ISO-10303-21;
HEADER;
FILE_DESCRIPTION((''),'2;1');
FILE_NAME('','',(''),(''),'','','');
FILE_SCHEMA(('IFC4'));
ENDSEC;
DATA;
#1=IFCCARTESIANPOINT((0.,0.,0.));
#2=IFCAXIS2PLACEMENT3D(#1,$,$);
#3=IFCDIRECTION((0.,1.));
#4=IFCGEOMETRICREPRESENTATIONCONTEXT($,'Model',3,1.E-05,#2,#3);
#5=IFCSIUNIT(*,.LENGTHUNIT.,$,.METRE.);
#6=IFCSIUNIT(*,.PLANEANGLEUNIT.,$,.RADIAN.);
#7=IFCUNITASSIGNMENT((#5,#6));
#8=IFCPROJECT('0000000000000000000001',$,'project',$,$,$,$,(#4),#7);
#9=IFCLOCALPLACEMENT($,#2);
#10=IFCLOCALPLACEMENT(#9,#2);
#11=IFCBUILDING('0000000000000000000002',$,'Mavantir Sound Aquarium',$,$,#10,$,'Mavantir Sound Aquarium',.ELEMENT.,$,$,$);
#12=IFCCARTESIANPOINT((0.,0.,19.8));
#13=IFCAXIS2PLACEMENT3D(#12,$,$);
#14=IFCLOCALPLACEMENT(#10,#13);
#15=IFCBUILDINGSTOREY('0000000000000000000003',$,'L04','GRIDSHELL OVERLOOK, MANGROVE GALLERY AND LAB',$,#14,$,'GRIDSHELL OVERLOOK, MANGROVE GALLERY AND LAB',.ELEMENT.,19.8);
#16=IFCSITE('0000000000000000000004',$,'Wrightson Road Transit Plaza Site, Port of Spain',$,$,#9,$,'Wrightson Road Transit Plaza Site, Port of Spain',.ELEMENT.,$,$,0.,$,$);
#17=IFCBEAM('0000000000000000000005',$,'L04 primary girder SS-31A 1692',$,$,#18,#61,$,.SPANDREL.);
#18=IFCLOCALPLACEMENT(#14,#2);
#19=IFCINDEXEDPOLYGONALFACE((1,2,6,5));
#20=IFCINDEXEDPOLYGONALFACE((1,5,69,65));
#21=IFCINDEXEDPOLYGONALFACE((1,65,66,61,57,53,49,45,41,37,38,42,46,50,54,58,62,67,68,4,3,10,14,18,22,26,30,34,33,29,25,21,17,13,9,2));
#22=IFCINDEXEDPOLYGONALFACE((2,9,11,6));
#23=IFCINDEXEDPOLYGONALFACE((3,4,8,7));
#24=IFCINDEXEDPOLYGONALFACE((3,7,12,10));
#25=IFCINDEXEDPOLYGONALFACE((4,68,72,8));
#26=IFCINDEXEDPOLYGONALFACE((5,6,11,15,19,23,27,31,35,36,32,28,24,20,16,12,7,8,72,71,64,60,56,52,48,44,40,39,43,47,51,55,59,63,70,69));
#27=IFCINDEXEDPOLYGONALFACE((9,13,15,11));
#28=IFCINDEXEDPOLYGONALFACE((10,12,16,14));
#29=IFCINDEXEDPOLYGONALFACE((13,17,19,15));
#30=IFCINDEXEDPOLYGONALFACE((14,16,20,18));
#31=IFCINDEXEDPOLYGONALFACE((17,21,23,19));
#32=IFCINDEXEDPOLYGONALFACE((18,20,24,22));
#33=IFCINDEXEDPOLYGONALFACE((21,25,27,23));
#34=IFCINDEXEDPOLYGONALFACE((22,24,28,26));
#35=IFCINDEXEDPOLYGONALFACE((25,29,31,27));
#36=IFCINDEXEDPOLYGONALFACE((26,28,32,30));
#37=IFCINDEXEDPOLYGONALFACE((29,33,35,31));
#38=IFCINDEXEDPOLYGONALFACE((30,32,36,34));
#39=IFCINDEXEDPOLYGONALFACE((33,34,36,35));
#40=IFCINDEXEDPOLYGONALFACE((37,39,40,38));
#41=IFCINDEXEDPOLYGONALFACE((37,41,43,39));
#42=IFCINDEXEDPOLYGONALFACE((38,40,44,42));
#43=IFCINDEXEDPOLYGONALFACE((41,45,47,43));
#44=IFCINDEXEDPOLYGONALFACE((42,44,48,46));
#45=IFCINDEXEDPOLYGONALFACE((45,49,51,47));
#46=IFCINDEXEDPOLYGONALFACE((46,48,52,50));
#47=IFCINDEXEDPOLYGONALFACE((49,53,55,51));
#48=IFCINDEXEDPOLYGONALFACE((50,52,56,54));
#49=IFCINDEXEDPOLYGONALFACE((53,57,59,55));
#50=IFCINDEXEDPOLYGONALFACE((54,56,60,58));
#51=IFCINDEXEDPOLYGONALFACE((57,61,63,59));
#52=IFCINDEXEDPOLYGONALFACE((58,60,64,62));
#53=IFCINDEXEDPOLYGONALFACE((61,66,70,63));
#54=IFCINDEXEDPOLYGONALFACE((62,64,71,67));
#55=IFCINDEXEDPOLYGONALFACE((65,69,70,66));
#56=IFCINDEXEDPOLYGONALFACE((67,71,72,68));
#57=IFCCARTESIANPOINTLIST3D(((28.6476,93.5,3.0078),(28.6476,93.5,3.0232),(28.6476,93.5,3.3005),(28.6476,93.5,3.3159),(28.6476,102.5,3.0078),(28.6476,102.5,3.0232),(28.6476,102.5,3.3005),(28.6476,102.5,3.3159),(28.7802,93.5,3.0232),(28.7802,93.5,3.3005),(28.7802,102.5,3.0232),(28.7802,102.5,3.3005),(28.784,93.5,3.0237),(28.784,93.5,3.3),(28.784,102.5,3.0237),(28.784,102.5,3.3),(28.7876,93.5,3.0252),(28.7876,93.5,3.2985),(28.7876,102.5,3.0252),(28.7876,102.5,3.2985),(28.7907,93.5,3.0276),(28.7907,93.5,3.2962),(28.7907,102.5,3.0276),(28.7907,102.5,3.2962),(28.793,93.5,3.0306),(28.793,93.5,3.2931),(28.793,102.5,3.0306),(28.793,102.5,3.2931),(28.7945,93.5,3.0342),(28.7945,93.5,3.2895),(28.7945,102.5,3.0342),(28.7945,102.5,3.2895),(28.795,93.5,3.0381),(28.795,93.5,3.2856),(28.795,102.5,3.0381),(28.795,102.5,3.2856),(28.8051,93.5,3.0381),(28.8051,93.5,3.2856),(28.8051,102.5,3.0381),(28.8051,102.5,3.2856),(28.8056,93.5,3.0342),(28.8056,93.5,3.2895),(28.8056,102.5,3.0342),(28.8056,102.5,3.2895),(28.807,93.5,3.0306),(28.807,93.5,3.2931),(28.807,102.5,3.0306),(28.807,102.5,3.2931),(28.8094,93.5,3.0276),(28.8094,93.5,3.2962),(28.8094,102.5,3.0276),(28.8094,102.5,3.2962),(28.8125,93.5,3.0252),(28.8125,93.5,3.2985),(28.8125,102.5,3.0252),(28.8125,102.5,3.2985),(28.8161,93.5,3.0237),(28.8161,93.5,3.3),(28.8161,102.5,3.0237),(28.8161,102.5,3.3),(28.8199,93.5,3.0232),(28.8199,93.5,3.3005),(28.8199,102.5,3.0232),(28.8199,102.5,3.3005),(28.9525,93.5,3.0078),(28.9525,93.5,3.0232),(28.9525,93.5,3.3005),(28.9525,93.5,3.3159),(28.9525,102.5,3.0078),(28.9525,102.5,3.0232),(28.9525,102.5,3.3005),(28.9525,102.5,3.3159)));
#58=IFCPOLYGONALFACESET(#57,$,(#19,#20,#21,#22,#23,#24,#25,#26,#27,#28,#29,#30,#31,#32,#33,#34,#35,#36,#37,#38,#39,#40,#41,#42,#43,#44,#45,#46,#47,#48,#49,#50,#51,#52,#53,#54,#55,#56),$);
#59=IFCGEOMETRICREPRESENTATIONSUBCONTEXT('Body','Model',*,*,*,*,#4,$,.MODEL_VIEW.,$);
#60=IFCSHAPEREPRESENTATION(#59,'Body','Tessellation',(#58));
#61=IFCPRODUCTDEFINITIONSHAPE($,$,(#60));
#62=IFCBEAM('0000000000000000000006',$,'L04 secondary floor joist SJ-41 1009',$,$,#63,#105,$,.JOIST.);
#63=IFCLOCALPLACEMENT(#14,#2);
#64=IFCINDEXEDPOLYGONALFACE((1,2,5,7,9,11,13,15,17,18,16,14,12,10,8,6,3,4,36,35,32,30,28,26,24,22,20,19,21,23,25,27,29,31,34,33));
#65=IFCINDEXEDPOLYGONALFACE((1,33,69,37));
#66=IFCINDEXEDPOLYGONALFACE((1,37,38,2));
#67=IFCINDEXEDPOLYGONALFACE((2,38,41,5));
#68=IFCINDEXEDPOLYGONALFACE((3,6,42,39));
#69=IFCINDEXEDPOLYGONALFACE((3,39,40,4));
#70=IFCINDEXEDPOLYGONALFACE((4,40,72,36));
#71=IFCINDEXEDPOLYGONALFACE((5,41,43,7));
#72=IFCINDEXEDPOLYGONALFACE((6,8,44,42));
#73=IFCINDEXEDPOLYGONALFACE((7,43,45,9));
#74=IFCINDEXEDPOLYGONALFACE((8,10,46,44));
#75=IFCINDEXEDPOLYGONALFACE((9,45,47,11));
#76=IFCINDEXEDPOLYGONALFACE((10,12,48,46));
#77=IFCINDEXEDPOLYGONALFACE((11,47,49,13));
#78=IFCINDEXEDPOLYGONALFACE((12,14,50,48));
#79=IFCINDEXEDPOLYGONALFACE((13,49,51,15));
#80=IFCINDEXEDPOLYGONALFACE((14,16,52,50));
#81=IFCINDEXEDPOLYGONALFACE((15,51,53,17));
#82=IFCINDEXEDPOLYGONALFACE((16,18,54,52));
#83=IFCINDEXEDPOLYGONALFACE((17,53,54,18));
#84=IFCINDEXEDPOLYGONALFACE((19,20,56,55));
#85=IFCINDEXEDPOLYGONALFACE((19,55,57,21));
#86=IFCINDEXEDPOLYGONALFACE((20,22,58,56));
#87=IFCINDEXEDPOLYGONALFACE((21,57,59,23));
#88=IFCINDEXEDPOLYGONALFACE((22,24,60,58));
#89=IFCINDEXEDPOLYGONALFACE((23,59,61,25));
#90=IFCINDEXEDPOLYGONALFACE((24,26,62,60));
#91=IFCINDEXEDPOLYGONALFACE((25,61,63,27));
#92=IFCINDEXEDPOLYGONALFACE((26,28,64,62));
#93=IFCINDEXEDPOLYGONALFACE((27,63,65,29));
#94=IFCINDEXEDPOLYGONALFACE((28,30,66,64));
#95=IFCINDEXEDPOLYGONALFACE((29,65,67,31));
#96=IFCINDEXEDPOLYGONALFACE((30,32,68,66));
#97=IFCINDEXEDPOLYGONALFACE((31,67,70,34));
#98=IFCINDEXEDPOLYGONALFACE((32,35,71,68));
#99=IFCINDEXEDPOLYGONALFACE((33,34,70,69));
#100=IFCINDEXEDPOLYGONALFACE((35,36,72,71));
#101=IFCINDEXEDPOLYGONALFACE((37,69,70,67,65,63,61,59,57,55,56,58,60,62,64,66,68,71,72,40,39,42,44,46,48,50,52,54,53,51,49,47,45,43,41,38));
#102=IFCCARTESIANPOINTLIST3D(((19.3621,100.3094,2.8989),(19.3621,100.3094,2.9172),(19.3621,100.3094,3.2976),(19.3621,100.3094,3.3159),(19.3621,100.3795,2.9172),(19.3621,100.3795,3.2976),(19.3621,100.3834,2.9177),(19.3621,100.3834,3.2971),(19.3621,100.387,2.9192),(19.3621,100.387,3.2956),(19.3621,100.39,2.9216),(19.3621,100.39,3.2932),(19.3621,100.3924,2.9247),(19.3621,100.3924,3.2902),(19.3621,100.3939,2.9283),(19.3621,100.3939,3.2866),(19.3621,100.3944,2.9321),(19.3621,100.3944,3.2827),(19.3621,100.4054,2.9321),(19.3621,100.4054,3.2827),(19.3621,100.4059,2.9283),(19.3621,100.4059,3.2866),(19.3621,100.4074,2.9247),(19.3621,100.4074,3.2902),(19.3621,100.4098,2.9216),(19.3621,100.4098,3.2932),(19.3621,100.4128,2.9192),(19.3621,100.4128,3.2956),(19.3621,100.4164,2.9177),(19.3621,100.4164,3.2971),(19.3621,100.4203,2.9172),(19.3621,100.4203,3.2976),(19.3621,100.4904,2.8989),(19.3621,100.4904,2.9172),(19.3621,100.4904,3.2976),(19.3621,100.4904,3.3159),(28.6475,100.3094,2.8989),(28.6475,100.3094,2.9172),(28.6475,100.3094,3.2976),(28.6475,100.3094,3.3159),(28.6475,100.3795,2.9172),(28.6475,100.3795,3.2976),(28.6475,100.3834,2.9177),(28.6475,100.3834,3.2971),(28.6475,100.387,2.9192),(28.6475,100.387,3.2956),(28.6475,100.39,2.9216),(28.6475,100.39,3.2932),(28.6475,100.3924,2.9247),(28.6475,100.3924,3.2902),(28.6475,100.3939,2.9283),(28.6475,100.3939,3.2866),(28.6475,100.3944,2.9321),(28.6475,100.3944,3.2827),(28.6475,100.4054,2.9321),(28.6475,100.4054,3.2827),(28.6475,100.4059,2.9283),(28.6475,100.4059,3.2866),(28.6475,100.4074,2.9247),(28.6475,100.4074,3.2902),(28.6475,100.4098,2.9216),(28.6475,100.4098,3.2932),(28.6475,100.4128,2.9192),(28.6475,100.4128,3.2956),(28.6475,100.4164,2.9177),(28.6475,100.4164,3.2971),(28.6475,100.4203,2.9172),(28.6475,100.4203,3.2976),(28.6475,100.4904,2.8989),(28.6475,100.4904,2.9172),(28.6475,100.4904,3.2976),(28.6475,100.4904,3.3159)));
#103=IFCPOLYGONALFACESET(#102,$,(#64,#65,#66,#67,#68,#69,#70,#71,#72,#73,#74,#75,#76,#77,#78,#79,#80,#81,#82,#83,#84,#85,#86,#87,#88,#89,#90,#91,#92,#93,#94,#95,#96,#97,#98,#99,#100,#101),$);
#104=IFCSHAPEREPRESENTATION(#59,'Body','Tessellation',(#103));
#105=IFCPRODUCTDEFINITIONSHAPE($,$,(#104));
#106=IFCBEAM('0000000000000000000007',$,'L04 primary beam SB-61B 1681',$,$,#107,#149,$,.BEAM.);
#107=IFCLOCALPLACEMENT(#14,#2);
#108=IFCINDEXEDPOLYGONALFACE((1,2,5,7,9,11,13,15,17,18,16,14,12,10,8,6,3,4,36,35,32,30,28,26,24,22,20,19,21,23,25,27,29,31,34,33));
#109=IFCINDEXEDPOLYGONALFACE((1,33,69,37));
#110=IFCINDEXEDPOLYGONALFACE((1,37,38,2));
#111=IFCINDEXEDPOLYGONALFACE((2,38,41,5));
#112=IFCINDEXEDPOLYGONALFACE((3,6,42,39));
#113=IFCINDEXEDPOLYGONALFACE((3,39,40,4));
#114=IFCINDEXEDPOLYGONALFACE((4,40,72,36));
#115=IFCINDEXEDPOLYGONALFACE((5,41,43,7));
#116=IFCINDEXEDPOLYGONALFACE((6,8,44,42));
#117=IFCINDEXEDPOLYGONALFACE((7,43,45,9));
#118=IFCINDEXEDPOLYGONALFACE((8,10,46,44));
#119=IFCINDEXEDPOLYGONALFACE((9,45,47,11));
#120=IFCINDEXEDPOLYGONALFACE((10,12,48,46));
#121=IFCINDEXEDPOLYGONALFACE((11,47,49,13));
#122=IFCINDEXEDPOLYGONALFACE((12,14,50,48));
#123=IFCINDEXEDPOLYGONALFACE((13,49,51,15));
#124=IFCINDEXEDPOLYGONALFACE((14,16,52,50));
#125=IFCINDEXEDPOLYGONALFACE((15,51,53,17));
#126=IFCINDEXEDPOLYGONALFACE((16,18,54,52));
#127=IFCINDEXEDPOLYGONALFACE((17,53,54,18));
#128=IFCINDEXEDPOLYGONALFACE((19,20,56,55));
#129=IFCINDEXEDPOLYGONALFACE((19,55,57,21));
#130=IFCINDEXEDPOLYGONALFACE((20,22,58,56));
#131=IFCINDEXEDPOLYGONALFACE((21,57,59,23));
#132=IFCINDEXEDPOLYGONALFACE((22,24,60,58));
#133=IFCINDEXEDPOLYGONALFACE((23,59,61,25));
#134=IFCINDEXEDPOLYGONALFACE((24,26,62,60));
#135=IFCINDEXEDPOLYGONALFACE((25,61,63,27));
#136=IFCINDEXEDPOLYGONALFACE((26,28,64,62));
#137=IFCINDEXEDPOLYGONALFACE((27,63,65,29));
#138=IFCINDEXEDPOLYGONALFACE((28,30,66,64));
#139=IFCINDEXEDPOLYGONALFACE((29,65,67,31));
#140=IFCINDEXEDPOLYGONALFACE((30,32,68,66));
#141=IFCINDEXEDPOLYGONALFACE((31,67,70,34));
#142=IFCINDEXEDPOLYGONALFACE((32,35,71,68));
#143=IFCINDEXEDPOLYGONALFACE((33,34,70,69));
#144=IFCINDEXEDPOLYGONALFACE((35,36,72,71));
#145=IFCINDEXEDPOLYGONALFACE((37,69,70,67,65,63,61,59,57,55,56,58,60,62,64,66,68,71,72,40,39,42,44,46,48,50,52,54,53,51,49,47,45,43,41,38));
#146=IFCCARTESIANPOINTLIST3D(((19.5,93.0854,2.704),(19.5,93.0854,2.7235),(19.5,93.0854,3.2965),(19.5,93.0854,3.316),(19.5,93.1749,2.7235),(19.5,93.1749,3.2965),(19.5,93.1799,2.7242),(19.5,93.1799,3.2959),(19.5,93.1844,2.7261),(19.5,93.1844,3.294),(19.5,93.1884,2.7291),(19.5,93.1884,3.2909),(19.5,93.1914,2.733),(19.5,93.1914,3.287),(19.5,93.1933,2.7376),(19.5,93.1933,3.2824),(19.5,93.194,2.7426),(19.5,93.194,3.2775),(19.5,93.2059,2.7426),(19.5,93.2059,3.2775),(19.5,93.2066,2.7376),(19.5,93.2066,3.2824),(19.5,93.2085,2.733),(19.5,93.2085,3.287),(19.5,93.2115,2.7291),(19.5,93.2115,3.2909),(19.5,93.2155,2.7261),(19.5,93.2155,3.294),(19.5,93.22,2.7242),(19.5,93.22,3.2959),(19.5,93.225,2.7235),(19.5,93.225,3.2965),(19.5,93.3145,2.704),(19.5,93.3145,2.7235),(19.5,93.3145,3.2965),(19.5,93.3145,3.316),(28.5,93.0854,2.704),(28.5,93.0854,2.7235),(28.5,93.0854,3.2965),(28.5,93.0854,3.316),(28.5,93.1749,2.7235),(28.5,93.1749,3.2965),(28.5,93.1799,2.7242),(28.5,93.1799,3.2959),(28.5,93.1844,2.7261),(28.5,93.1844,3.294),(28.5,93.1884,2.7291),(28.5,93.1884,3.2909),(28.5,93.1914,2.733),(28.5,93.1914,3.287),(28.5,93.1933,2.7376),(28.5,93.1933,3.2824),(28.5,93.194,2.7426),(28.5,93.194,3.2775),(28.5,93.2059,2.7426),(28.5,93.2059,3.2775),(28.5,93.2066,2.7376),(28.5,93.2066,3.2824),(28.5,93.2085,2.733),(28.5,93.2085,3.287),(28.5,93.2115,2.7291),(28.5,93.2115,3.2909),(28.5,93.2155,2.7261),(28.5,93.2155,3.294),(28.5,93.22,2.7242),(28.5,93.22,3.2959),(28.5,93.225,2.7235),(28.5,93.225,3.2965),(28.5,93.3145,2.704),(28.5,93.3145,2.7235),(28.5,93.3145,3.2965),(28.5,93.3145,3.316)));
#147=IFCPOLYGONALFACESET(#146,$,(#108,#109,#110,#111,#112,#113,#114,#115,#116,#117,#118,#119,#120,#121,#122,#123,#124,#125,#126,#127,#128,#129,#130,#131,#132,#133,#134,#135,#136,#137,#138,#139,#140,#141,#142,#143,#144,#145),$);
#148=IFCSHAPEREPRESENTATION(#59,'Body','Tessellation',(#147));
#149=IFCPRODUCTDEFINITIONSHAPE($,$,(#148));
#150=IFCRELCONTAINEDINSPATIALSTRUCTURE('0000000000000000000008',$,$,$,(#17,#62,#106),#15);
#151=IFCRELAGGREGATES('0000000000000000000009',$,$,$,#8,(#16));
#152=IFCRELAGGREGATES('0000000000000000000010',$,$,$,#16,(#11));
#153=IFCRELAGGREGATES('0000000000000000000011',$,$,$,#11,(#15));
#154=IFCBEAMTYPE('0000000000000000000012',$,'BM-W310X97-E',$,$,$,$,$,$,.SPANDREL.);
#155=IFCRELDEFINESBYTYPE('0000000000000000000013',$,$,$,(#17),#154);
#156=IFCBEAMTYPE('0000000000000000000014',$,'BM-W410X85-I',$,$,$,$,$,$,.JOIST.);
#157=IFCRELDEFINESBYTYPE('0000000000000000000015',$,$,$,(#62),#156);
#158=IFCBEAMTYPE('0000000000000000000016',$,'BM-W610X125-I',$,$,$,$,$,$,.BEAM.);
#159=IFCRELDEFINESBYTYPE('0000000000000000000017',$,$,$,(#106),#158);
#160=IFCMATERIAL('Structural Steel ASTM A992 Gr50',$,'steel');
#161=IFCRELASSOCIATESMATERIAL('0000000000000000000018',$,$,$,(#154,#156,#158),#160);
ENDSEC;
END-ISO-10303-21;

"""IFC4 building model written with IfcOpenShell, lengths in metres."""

from ifc_helpers import new_model, si_unit, direction, frame, origin, origin_2d, place, context, subcontext, project, spatial, i_section, extrude, material, material_profile, profile_set, type_object, element, save


model = new_model("IFC4")

# Units and contexts
model_context = context("Model", 3, precision=1e-05, world=origin(), true_north=direction((0.0, 1.0)))
body_context = subcontext(model_context, "Body", "Model", "MODEL_VIEW")
ifc_project = project(units=[si_unit("LENGTHUNIT", "METRE"), si_unit("PLANEANGLEUNIT", "RADIAN")], contexts=[model_context])

# Site, building, storey
site_placement = place(None, origin())
site = spatial("IfcSite", under=ifc_project, at=site_placement, Name="Wrightson Road Transit Plaza Site, Port of Spain", LongName="Wrightson Road Transit Plaza Site, Port of Spain", CompositionType="ELEMENT", RefElevation=0.0)
building_placement = place(site_placement, origin())
building = spatial("IfcBuilding", under=site, at=building_placement, Name="Mavantir Sound Aquarium", LongName="Mavantir Sound Aquarium", CompositionType="ELEMENT")
storey_placement = place(building_placement, frame((0.0, 0.0, 19.8)))
storey = spatial("IfcBuildingStorey", under=building, at=storey_placement, Name="L04", Description="GRIDSHELL OVERLOOK, MANGROVE GALLERY AND LAB", LongName="GRIDSHELL OVERLOOK, MANGROVE GALLERY AND LAB", CompositionType="ELEMENT", Elevation=19.8)

# Beams
ifc_material_1 = material(Name="Structural Steel ASTM A992 Gr50", Category="steel")
ifc_material_profile_1 = material_profile(ifc_material_1, i_section(OverallWidth=0.3049, OverallDepth=0.3081, WebThickness=0.01, FlangeThickness=0.0154, FilletRadius=0.0149, at=origin_2d()), Name="W310X97")
ifc_profile_set_1 = profile_set([ifc_material_profile_1], Name="Structural Steel ASTM A992 Gr50")
beam_type_1 = type_object("IfcBeamType", Name="BM-W310X97-E", PredefinedType="SPANDREL", material=ifc_profile_set_1)
beam_1_placement = place(storey_placement, frame((28.8, 93.5, 3.1619), z_axis=(0.0, 1.0, 0.0), x_axis=(-1.0, 0.0, 0.0)))
element("IfcBeam", 1, at=beam_1_placement, inside=storey, type_object=beam_type_1, Name="L04 primary girder SS-31A 1692", PredefinedType="SPANDREL", context=body_context, shape_type="SweptSolid", body=[
    extrude(i_section(OverallWidth=0.3049, OverallDepth=0.3081, WebThickness=0.01, FlangeThickness=0.0154, FilletRadius=0.0149, at=origin_2d()), origin(), (0.0, 0.0, 1.0), 9.0),
])
ifc_material_profile_2 = material_profile(ifc_material_1, i_section(OverallWidth=0.1809, OverallDepth=0.417, WebThickness=0.011, FlangeThickness=0.0183, FilletRadius=0.0149, at=origin_2d()), Name="W410X85")
ifc_profile_set_2 = profile_set([ifc_material_profile_2], Name="Structural Steel ASTM A992 Gr50")
beam_type_2 = type_object("IfcBeamType", Name="BM-W410X85-I", PredefinedType="JOIST", material=ifc_profile_set_2)
beam_2_placement = place(storey_placement, frame((19.3621, 100.3999, 3.1074), z_axis=(1.0, 0.0, 0.0), x_axis=(0.0, 1.0, 0.0)))
element("IfcBeam", 2, at=beam_2_placement, inside=storey, type_object=beam_type_2, Name="L04 secondary floor joist SJ-41 1009", PredefinedType="JOIST", context=body_context, shape_type="SweptSolid", body=[
    extrude(i_section(OverallWidth=0.1809, OverallDepth=0.417, WebThickness=0.011, FlangeThickness=0.0183, FilletRadius=0.0149, at=origin_2d()), origin(), (0.0, 0.0, 1.0), 9.2854),
])
ifc_material_profile_3 = material_profile(ifc_material_1, i_section(OverallWidth=0.229, OverallDepth=0.6121, WebThickness=0.012, FlangeThickness=0.0195, FilletRadius=0.019, at=origin_2d()), Name="W610X125")
ifc_profile_set_3 = profile_set([ifc_material_profile_3], Name="Structural Steel ASTM A992 Gr50")
beam_type_3 = type_object("IfcBeamType", Name="BM-W610X125-I", PredefinedType="BEAM", material=ifc_profile_set_3)
beam_3_placement = place(storey_placement, frame((19.5, 93.2, 3.01), z_axis=(1.0, 0.0, 0.0), x_axis=(0.0, 1.0, 0.0)))
element("IfcBeam", 3, at=beam_3_placement, inside=storey, type_object=beam_type_3, Name="L04 primary beam SB-61B 1681", PredefinedType="BEAM", context=body_context, shape_type="SweptSolid", body=[
    extrude(i_section(OverallWidth=0.229, OverallDepth=0.6121, WebThickness=0.012, FlangeThickness=0.0195, FilletRadius=0.019, at=origin_2d()), origin(), (0.0, 0.0, 1.0), 9.0),
])

save(model, "model.ifc")
